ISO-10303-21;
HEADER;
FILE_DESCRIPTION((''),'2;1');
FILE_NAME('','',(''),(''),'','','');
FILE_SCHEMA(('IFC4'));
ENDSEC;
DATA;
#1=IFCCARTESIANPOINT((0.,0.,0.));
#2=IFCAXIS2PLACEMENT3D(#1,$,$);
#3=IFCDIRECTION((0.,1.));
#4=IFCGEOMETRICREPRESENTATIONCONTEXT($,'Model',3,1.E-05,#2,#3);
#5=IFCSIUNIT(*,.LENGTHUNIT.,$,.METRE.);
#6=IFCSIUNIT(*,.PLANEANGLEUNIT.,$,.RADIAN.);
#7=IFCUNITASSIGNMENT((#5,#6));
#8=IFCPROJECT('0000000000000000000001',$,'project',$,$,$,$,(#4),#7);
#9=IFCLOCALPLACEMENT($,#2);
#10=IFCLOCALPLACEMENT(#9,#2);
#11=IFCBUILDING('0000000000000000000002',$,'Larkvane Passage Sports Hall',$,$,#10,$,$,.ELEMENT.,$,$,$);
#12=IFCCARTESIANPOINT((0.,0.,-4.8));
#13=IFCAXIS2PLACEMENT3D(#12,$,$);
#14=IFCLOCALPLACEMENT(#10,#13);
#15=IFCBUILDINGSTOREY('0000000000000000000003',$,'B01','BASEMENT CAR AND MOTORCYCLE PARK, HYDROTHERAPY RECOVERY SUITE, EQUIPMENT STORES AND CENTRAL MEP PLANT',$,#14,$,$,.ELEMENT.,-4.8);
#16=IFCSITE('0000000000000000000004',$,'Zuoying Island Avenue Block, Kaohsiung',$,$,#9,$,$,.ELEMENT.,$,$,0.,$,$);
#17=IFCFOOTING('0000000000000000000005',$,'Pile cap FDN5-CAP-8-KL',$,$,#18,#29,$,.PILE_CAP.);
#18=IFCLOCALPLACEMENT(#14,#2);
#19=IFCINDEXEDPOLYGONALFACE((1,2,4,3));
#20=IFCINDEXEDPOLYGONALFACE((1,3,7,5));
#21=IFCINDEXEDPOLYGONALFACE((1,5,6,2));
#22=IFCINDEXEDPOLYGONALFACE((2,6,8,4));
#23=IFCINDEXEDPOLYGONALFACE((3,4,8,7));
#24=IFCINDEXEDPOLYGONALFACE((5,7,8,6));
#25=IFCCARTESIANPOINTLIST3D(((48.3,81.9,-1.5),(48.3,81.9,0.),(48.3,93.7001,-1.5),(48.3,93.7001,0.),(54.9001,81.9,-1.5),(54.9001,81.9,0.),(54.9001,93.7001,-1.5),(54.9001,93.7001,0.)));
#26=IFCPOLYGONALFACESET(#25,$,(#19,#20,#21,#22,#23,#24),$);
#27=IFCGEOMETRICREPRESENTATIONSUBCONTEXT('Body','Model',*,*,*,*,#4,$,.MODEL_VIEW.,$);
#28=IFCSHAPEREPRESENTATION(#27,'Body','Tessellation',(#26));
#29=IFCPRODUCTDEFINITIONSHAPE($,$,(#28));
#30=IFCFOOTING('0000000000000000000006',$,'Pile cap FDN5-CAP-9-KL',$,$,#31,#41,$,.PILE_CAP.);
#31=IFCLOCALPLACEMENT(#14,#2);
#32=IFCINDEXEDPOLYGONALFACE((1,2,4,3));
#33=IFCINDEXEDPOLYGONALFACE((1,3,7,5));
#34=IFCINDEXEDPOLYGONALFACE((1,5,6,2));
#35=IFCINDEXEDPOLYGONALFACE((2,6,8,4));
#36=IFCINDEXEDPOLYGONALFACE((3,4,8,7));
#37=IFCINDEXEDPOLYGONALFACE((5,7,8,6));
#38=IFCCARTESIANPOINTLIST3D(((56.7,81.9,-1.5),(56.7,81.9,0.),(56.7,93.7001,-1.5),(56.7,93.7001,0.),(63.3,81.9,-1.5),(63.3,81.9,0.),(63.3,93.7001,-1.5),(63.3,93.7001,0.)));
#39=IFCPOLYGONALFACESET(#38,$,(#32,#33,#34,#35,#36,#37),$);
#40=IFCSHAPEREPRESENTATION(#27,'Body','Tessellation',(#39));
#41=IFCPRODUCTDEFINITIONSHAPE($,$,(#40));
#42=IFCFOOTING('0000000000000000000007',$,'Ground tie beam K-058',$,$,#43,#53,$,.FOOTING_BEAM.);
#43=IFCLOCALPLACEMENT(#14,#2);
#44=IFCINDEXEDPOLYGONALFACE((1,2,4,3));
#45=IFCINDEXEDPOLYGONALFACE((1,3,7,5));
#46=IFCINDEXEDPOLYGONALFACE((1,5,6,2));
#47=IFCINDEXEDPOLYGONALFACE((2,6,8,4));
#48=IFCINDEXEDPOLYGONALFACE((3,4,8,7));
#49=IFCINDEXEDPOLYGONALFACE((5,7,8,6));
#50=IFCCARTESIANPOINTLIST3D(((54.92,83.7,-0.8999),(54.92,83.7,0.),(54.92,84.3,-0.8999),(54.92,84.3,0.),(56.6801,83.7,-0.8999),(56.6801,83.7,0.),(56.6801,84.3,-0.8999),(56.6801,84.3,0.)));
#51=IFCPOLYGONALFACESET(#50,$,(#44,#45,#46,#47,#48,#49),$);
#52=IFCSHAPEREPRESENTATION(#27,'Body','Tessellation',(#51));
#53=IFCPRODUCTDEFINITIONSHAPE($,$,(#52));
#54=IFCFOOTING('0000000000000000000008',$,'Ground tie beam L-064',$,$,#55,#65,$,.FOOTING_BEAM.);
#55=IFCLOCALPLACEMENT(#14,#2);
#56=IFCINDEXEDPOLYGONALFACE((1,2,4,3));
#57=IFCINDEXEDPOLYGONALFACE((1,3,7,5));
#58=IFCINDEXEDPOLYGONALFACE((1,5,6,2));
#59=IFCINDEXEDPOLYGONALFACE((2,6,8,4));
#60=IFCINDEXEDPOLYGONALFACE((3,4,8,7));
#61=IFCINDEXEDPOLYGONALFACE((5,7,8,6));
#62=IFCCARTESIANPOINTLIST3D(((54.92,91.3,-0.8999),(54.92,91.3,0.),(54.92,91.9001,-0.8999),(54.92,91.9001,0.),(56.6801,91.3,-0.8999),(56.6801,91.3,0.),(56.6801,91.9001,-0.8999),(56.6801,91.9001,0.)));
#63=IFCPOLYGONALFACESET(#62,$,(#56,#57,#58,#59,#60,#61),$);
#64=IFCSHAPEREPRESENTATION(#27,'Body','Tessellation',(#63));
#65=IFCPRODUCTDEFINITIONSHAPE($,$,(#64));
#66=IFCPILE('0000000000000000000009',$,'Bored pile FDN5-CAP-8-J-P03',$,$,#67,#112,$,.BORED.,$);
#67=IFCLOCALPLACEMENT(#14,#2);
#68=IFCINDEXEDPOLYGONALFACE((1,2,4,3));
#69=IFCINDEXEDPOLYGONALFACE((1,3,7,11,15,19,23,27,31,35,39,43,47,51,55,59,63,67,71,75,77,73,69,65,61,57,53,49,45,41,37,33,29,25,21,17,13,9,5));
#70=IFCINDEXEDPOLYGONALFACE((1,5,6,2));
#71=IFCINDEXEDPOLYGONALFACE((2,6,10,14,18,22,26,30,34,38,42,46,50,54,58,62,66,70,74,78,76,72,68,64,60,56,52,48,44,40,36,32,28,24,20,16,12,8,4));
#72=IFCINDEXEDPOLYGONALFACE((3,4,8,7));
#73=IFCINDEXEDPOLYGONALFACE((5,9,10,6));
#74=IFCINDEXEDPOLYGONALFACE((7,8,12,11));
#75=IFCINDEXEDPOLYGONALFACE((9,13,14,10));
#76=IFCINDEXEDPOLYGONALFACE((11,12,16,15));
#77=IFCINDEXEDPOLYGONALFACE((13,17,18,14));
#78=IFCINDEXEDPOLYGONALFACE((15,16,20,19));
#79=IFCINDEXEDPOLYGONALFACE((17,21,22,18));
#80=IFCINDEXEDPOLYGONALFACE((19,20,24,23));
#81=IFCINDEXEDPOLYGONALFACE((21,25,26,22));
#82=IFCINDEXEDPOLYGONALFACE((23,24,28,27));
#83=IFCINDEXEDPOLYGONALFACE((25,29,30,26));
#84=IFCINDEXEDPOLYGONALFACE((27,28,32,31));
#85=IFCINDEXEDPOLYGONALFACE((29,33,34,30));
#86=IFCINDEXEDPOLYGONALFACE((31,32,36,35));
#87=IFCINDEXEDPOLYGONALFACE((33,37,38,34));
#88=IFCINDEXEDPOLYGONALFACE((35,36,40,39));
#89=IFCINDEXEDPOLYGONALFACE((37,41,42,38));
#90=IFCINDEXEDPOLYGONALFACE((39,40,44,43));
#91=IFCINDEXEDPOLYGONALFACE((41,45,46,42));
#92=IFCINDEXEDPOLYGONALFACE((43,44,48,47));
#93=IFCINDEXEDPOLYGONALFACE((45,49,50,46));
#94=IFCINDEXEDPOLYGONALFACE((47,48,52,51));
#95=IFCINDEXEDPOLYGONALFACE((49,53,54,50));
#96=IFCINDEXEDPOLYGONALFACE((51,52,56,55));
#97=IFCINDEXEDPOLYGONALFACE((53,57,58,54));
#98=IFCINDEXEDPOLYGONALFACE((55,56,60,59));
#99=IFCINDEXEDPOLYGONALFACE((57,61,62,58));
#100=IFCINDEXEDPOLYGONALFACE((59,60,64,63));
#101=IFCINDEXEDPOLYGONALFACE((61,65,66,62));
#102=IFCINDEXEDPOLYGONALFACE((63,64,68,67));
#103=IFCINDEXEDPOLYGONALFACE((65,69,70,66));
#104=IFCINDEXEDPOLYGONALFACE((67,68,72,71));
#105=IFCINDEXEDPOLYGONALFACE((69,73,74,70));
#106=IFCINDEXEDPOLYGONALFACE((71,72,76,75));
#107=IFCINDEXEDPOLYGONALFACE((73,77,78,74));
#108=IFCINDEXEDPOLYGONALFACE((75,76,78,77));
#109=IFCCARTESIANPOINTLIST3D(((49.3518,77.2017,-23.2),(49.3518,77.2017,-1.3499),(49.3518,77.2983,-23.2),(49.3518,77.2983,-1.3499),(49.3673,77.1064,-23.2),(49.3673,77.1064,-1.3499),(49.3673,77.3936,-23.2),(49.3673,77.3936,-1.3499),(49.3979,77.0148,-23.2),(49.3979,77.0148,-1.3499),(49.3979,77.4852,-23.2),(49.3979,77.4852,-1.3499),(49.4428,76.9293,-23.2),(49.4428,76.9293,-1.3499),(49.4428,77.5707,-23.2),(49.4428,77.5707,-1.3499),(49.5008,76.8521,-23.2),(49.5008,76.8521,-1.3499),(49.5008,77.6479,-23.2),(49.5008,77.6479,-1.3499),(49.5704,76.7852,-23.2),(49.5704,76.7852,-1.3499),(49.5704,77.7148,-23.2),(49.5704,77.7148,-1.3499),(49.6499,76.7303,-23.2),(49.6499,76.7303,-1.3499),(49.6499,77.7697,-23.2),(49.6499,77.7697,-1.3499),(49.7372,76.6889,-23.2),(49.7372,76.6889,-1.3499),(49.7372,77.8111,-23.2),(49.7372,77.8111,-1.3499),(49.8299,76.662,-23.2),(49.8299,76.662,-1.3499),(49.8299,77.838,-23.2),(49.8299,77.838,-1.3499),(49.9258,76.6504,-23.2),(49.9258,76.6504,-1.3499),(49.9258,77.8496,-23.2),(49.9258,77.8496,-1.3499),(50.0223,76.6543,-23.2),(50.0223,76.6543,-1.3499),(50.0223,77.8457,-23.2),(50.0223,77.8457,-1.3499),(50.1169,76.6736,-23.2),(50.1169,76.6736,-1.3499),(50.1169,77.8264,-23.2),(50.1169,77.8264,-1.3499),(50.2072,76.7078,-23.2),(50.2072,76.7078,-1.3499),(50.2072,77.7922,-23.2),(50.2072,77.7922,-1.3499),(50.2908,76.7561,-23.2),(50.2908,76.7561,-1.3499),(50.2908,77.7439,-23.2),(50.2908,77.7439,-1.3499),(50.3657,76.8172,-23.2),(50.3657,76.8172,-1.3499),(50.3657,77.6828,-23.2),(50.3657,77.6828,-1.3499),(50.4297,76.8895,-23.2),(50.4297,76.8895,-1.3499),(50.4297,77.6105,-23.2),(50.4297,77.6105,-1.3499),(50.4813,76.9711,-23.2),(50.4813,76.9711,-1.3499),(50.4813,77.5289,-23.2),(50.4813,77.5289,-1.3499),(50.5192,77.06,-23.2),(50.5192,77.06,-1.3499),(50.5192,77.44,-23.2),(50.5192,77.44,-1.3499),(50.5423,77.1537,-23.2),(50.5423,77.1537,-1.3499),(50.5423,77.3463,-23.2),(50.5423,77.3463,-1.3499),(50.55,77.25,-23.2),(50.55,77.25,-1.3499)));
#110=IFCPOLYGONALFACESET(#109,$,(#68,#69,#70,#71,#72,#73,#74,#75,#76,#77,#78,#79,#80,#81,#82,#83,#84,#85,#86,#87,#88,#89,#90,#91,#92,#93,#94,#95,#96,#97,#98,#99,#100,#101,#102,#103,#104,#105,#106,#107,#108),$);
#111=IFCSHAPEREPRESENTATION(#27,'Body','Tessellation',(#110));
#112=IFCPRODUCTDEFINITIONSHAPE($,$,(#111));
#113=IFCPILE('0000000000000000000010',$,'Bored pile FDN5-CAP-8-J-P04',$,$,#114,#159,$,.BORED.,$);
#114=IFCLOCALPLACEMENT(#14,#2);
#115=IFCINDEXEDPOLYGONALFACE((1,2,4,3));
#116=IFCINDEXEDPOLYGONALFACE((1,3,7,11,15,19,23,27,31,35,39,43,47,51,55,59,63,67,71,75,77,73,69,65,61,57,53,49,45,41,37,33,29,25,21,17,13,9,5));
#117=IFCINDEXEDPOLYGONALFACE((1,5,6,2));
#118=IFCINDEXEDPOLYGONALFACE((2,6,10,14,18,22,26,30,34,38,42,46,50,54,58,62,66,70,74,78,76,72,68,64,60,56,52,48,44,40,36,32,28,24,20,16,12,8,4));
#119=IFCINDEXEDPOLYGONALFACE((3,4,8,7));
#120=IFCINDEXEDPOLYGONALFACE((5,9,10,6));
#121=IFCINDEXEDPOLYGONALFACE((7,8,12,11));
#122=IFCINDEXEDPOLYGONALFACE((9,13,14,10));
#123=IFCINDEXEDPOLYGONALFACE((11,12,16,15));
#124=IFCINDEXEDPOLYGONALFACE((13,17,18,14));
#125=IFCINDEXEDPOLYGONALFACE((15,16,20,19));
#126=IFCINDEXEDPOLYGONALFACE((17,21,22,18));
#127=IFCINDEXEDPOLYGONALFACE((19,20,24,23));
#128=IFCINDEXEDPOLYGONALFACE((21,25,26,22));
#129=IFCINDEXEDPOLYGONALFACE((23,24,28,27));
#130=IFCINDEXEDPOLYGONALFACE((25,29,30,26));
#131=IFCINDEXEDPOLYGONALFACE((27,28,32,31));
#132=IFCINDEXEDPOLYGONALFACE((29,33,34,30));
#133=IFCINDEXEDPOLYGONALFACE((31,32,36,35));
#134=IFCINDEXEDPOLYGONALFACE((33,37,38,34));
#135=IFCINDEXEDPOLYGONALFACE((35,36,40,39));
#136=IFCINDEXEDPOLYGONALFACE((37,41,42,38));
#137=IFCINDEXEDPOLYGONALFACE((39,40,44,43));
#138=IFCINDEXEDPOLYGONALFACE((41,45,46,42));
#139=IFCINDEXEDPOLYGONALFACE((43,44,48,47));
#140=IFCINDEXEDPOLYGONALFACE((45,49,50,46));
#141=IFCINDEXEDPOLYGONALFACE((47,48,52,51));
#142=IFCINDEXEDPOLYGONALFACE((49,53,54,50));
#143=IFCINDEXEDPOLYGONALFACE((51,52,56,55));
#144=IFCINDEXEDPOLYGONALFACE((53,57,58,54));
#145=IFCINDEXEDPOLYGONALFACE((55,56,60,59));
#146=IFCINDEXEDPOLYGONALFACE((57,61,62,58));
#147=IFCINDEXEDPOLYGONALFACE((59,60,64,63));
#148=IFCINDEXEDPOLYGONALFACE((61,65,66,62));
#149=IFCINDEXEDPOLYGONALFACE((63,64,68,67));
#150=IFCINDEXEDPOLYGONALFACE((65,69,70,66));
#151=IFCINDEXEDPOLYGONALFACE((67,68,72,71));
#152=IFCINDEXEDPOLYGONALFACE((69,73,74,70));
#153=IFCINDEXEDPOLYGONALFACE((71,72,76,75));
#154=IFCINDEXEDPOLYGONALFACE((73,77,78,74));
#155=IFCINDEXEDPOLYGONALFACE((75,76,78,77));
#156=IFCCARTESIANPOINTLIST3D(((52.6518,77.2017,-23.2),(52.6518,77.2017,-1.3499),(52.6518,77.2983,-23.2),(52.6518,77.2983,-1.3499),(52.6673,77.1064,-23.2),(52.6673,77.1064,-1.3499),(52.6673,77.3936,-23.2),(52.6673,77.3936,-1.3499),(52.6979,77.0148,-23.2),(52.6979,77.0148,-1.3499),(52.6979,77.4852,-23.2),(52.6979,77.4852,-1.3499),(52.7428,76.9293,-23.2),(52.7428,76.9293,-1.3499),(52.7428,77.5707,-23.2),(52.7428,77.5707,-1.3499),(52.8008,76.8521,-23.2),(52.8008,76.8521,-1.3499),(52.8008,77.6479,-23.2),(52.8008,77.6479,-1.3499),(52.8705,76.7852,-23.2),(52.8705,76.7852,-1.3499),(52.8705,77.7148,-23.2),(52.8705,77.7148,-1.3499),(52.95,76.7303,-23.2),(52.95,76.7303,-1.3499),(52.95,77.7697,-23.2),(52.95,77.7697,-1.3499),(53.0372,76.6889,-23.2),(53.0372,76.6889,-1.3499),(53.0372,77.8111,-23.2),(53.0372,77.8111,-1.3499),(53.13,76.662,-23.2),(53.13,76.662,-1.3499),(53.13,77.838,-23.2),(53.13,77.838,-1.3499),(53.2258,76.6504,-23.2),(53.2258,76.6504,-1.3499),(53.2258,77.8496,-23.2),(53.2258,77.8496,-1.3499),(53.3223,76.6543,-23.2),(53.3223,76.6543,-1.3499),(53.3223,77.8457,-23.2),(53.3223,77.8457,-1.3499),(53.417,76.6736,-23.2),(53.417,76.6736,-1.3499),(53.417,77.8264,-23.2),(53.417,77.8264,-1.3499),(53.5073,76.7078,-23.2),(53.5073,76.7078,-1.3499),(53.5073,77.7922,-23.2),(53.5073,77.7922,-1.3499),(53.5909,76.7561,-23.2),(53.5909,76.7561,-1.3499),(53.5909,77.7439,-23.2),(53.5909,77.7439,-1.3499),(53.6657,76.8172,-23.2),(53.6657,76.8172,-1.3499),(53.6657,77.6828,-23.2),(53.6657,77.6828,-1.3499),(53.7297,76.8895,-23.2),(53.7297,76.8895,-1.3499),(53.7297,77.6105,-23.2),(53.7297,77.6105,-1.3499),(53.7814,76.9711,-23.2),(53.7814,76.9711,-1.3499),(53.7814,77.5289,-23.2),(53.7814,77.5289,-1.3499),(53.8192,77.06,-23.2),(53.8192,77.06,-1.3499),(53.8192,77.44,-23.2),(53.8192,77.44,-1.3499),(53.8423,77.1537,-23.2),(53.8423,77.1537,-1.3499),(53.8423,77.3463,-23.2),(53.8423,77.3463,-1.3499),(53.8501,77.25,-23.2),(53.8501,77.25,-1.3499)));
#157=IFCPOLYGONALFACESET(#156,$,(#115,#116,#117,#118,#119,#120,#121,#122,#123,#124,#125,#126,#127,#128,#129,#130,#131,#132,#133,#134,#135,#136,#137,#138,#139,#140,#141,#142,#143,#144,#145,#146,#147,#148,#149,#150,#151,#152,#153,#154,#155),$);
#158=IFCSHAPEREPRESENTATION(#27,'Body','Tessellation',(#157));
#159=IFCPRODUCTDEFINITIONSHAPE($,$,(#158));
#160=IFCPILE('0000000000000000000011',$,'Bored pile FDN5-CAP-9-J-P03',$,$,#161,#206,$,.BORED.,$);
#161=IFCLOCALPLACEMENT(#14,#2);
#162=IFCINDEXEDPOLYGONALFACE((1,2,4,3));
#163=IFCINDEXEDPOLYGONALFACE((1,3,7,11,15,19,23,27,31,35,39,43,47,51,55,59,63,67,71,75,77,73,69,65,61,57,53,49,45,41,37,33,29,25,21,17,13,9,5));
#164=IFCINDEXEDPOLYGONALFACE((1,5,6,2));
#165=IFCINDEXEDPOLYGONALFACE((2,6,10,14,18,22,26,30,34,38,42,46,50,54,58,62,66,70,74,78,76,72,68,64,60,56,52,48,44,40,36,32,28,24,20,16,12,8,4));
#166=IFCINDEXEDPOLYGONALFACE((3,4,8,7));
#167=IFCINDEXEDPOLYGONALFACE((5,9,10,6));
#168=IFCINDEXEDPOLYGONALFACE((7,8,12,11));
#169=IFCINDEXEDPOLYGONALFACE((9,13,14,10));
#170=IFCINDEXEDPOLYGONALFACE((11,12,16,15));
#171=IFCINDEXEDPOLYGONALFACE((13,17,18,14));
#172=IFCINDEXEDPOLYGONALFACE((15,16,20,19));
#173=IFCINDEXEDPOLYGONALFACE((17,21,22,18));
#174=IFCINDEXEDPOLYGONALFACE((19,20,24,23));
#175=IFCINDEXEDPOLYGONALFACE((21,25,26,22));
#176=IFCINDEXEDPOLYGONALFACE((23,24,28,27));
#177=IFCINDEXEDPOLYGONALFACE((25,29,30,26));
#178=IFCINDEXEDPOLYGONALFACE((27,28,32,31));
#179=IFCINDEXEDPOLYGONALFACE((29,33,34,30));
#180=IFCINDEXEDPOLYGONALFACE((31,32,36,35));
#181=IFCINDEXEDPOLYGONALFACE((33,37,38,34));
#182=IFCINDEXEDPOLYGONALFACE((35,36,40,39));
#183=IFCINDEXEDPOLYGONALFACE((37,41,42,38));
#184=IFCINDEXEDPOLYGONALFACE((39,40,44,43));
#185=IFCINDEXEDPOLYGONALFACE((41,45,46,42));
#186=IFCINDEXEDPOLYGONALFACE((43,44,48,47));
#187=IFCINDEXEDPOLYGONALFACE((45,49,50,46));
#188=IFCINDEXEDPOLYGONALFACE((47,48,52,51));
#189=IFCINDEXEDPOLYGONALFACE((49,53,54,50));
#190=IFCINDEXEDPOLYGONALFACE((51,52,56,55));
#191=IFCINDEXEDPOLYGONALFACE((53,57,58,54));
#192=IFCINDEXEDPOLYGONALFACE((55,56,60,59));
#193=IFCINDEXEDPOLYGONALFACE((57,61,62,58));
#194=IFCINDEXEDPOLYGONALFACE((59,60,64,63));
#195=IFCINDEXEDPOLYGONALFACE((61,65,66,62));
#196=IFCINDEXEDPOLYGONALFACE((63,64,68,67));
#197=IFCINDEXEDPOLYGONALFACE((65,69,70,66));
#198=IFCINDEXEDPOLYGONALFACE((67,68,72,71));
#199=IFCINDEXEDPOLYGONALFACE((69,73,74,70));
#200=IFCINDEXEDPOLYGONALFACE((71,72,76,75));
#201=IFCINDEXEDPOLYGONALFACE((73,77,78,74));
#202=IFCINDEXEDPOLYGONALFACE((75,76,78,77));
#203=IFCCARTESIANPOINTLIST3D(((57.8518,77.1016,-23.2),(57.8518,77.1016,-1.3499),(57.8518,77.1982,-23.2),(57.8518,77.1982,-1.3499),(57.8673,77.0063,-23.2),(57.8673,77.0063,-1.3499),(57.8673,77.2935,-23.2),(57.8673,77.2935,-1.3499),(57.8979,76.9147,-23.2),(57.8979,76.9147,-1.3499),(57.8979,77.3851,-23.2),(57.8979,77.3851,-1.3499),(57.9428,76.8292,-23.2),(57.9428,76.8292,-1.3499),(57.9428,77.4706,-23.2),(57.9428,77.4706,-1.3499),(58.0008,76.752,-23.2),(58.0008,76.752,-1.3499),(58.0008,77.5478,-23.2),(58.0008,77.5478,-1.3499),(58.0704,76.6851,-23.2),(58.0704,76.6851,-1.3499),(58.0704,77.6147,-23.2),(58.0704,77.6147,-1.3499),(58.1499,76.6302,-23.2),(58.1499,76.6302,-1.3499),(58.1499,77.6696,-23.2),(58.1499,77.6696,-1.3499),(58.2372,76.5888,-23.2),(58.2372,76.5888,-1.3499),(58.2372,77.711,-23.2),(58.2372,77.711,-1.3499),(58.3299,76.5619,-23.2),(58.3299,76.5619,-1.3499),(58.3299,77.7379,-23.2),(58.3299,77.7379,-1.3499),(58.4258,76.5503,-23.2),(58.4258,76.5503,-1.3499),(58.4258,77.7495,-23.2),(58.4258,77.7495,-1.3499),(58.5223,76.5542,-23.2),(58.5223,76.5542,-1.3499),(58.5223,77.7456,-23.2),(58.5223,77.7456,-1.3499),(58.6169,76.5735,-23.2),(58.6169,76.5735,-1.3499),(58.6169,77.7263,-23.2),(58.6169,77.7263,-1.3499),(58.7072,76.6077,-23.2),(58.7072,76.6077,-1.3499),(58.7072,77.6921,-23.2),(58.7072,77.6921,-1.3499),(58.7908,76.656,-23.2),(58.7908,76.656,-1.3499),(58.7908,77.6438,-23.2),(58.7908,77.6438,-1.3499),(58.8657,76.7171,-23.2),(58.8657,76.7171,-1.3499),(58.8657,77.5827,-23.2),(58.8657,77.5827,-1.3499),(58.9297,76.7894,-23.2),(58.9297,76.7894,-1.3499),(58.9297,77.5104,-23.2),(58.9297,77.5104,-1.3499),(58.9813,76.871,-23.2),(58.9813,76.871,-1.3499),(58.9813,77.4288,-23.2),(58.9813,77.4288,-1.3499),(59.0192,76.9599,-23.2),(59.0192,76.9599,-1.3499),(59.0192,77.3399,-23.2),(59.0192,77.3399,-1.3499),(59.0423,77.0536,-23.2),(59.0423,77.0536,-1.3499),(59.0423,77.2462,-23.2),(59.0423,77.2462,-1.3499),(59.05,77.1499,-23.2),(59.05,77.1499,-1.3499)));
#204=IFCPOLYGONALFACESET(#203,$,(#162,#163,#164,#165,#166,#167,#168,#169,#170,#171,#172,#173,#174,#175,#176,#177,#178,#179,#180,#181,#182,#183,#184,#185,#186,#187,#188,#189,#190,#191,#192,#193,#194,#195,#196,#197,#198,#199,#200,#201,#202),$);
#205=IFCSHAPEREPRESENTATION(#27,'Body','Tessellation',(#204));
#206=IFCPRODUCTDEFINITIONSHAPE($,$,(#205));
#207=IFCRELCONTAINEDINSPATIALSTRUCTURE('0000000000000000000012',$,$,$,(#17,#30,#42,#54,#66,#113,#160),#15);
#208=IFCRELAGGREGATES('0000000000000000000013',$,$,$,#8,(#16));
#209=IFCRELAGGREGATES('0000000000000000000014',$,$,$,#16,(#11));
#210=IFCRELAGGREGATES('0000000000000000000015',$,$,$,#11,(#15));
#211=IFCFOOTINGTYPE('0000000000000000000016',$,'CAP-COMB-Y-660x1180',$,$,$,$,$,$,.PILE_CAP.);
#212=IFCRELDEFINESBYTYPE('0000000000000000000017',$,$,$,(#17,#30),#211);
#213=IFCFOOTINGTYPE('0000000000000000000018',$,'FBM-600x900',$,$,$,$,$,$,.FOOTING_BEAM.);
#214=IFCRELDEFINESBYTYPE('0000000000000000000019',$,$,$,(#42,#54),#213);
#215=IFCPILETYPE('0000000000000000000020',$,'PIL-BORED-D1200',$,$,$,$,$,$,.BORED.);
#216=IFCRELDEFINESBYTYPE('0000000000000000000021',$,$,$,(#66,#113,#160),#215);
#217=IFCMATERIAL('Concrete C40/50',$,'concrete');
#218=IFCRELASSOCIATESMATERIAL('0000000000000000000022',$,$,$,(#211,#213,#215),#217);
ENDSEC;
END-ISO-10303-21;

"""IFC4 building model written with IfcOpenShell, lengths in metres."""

from ifc_helpers import new_model, si_unit, direction, frame, origin, origin_2d, place, context, subcontext, project, spatial, rectangle, circle, extrude, material, material_profile, profile_set, type_object, element, save


model = new_model("IFC4")

# Units and contexts
model_context = context("Model", 3, precision=1e-05, world=origin(), true_north=direction((0.0, 1.0)))
body_context = subcontext(model_context, "Body", "Model", "MODEL_VIEW")
ifc_project = project(units=[si_unit("LENGTHUNIT", "METRE"), si_unit("PLANEANGLEUNIT", "RADIAN")], contexts=[model_context])

# Site, building, storey
site_placement = place(None, origin())
site = spatial("IfcSite", under=ifc_project, at=site_placement, Name="Zuoying Island Avenue Block, Kaohsiung", CompositionType="ELEMENT", RefElevation=0.0)
building_placement = place(site_placement, origin())
building = spatial("IfcBuilding", under=site, at=building_placement, Name="Larkvane Passage Sports Hall", CompositionType="ELEMENT")
storey_placement = place(building_placement, frame((0.0, 0.0, -4.8)))
storey = spatial("IfcBuildingStorey", under=building, at=storey_placement, Name="B01", Description="BASEMENT CAR AND MOTORCYCLE PARK, HYDROTHERAPY RECOVERY SUITE, EQUIPMENT STORES AND CENTRAL MEP PLANT", CompositionType="ELEMENT", Elevation=-4.8)

# Footings
ifc_material_1 = material(Name="Concrete C40/50", Category="concrete")
footing_type_1 = type_object("IfcFootingType", Name="CAP-COMB-Y-660x1180", PredefinedType="PILE_CAP", material=ifc_material_1)
for number, where, z_axis, x_axis, name in (
    (1, (51.6001, 87.8, -1.5), (0.0, 0.0, 1.0), (1.0, 0.0, 0.0), "Pile cap FDN5-CAP-8-KL"),
    (2, (60.0, 87.8, -1.5), (0.0, 0.0, 1.0), (1.0, 0.0, 0.0), "Pile cap FDN5-CAP-9-KL"),
):
    element("IfcFooting", number, at=place(storey_placement, frame(where, z_axis=z_axis, x_axis=x_axis)), inside=storey, type_object=footing_type_1, Name=name, PredefinedType="PILE_CAP", context=body_context, shape_type="SweptSolid", body=[
        extrude(rectangle(XDim=6.6001, YDim=11.8, at=origin_2d()), origin(), (0.0, 0.0, 1.0), 1.5),
    ])
footing_type_2 = type_object("IfcFootingType", Name="FBM-600x900", PredefinedType="FOOTING_BEAM", material=ifc_material_1)
for number, where, z_axis, x_axis, name in (
    (3, (55.8, 84.0, -0.8999), (0.0, 0.0, 1.0), (1.0, 0.0, 0.0), "Ground tie beam K-058"),
    (4, (55.8, 91.6001, -0.8999), (0.0, 0.0, 1.0), (1.0, 0.0, 0.0), "Ground tie beam L-064"),
):
    element("IfcFooting", number, at=place(storey_placement, frame(where, z_axis=z_axis, x_axis=x_axis)), inside=storey, type_object=footing_type_2, Name=name, PredefinedType="FOOTING_BEAM", context=body_context, shape_type="SweptSolid", body=[
        extrude(rectangle(XDim=1.76, YDim=0.6001, at=origin_2d()), origin(), (0.0, 0.0, 1.0), 0.8999),
    ])

# Piles
ifc_material_profile_1 = material_profile(ifc_material_1, circle(Radius=0.6001, at=origin_2d()), Name="PILE-D1200")
ifc_profile_set_1 = profile_set([ifc_material_profile_1], Name="Concrete C40/50")
pile_type_1 = type_object("IfcPileType", Name="PIL-BORED-D1200", PredefinedType="BORED", material=ifc_profile_set_1)
for number, where, z_axis, x_axis, name in (
    (5, (49.95, 77.25, -1.3499), (0.0, 0.0, -1.0), (1.0, 0.0, 0.0), "Bored pile FDN5-CAP-8-J-P03"),
    (6, (53.25, 77.25, -1.3499), (0.0, 0.0, -1.0), (1.0, 0.0, 0.0), "Bored pile FDN5-CAP-8-J-P04"),
    (7, (58.45, 77.1499, -1.3499), (0.0, 0.0, -1.0), (1.0, 0.0, 0.0), "Bored pile FDN5-CAP-9-J-P03"),
):
    element("IfcPile", number, at=place(storey_placement, frame(where, z_axis=z_axis, x_axis=x_axis)), inside=storey, type_object=pile_type_1, Name=name, PredefinedType="BORED", context=body_context, shape_type="SweptSolid", body=[
        extrude(circle(Radius=0.6001, at=origin_2d()), origin(), (0.0, 0.0, 1.0), 21.8501),
    ])

save(model, "model.ifc")
